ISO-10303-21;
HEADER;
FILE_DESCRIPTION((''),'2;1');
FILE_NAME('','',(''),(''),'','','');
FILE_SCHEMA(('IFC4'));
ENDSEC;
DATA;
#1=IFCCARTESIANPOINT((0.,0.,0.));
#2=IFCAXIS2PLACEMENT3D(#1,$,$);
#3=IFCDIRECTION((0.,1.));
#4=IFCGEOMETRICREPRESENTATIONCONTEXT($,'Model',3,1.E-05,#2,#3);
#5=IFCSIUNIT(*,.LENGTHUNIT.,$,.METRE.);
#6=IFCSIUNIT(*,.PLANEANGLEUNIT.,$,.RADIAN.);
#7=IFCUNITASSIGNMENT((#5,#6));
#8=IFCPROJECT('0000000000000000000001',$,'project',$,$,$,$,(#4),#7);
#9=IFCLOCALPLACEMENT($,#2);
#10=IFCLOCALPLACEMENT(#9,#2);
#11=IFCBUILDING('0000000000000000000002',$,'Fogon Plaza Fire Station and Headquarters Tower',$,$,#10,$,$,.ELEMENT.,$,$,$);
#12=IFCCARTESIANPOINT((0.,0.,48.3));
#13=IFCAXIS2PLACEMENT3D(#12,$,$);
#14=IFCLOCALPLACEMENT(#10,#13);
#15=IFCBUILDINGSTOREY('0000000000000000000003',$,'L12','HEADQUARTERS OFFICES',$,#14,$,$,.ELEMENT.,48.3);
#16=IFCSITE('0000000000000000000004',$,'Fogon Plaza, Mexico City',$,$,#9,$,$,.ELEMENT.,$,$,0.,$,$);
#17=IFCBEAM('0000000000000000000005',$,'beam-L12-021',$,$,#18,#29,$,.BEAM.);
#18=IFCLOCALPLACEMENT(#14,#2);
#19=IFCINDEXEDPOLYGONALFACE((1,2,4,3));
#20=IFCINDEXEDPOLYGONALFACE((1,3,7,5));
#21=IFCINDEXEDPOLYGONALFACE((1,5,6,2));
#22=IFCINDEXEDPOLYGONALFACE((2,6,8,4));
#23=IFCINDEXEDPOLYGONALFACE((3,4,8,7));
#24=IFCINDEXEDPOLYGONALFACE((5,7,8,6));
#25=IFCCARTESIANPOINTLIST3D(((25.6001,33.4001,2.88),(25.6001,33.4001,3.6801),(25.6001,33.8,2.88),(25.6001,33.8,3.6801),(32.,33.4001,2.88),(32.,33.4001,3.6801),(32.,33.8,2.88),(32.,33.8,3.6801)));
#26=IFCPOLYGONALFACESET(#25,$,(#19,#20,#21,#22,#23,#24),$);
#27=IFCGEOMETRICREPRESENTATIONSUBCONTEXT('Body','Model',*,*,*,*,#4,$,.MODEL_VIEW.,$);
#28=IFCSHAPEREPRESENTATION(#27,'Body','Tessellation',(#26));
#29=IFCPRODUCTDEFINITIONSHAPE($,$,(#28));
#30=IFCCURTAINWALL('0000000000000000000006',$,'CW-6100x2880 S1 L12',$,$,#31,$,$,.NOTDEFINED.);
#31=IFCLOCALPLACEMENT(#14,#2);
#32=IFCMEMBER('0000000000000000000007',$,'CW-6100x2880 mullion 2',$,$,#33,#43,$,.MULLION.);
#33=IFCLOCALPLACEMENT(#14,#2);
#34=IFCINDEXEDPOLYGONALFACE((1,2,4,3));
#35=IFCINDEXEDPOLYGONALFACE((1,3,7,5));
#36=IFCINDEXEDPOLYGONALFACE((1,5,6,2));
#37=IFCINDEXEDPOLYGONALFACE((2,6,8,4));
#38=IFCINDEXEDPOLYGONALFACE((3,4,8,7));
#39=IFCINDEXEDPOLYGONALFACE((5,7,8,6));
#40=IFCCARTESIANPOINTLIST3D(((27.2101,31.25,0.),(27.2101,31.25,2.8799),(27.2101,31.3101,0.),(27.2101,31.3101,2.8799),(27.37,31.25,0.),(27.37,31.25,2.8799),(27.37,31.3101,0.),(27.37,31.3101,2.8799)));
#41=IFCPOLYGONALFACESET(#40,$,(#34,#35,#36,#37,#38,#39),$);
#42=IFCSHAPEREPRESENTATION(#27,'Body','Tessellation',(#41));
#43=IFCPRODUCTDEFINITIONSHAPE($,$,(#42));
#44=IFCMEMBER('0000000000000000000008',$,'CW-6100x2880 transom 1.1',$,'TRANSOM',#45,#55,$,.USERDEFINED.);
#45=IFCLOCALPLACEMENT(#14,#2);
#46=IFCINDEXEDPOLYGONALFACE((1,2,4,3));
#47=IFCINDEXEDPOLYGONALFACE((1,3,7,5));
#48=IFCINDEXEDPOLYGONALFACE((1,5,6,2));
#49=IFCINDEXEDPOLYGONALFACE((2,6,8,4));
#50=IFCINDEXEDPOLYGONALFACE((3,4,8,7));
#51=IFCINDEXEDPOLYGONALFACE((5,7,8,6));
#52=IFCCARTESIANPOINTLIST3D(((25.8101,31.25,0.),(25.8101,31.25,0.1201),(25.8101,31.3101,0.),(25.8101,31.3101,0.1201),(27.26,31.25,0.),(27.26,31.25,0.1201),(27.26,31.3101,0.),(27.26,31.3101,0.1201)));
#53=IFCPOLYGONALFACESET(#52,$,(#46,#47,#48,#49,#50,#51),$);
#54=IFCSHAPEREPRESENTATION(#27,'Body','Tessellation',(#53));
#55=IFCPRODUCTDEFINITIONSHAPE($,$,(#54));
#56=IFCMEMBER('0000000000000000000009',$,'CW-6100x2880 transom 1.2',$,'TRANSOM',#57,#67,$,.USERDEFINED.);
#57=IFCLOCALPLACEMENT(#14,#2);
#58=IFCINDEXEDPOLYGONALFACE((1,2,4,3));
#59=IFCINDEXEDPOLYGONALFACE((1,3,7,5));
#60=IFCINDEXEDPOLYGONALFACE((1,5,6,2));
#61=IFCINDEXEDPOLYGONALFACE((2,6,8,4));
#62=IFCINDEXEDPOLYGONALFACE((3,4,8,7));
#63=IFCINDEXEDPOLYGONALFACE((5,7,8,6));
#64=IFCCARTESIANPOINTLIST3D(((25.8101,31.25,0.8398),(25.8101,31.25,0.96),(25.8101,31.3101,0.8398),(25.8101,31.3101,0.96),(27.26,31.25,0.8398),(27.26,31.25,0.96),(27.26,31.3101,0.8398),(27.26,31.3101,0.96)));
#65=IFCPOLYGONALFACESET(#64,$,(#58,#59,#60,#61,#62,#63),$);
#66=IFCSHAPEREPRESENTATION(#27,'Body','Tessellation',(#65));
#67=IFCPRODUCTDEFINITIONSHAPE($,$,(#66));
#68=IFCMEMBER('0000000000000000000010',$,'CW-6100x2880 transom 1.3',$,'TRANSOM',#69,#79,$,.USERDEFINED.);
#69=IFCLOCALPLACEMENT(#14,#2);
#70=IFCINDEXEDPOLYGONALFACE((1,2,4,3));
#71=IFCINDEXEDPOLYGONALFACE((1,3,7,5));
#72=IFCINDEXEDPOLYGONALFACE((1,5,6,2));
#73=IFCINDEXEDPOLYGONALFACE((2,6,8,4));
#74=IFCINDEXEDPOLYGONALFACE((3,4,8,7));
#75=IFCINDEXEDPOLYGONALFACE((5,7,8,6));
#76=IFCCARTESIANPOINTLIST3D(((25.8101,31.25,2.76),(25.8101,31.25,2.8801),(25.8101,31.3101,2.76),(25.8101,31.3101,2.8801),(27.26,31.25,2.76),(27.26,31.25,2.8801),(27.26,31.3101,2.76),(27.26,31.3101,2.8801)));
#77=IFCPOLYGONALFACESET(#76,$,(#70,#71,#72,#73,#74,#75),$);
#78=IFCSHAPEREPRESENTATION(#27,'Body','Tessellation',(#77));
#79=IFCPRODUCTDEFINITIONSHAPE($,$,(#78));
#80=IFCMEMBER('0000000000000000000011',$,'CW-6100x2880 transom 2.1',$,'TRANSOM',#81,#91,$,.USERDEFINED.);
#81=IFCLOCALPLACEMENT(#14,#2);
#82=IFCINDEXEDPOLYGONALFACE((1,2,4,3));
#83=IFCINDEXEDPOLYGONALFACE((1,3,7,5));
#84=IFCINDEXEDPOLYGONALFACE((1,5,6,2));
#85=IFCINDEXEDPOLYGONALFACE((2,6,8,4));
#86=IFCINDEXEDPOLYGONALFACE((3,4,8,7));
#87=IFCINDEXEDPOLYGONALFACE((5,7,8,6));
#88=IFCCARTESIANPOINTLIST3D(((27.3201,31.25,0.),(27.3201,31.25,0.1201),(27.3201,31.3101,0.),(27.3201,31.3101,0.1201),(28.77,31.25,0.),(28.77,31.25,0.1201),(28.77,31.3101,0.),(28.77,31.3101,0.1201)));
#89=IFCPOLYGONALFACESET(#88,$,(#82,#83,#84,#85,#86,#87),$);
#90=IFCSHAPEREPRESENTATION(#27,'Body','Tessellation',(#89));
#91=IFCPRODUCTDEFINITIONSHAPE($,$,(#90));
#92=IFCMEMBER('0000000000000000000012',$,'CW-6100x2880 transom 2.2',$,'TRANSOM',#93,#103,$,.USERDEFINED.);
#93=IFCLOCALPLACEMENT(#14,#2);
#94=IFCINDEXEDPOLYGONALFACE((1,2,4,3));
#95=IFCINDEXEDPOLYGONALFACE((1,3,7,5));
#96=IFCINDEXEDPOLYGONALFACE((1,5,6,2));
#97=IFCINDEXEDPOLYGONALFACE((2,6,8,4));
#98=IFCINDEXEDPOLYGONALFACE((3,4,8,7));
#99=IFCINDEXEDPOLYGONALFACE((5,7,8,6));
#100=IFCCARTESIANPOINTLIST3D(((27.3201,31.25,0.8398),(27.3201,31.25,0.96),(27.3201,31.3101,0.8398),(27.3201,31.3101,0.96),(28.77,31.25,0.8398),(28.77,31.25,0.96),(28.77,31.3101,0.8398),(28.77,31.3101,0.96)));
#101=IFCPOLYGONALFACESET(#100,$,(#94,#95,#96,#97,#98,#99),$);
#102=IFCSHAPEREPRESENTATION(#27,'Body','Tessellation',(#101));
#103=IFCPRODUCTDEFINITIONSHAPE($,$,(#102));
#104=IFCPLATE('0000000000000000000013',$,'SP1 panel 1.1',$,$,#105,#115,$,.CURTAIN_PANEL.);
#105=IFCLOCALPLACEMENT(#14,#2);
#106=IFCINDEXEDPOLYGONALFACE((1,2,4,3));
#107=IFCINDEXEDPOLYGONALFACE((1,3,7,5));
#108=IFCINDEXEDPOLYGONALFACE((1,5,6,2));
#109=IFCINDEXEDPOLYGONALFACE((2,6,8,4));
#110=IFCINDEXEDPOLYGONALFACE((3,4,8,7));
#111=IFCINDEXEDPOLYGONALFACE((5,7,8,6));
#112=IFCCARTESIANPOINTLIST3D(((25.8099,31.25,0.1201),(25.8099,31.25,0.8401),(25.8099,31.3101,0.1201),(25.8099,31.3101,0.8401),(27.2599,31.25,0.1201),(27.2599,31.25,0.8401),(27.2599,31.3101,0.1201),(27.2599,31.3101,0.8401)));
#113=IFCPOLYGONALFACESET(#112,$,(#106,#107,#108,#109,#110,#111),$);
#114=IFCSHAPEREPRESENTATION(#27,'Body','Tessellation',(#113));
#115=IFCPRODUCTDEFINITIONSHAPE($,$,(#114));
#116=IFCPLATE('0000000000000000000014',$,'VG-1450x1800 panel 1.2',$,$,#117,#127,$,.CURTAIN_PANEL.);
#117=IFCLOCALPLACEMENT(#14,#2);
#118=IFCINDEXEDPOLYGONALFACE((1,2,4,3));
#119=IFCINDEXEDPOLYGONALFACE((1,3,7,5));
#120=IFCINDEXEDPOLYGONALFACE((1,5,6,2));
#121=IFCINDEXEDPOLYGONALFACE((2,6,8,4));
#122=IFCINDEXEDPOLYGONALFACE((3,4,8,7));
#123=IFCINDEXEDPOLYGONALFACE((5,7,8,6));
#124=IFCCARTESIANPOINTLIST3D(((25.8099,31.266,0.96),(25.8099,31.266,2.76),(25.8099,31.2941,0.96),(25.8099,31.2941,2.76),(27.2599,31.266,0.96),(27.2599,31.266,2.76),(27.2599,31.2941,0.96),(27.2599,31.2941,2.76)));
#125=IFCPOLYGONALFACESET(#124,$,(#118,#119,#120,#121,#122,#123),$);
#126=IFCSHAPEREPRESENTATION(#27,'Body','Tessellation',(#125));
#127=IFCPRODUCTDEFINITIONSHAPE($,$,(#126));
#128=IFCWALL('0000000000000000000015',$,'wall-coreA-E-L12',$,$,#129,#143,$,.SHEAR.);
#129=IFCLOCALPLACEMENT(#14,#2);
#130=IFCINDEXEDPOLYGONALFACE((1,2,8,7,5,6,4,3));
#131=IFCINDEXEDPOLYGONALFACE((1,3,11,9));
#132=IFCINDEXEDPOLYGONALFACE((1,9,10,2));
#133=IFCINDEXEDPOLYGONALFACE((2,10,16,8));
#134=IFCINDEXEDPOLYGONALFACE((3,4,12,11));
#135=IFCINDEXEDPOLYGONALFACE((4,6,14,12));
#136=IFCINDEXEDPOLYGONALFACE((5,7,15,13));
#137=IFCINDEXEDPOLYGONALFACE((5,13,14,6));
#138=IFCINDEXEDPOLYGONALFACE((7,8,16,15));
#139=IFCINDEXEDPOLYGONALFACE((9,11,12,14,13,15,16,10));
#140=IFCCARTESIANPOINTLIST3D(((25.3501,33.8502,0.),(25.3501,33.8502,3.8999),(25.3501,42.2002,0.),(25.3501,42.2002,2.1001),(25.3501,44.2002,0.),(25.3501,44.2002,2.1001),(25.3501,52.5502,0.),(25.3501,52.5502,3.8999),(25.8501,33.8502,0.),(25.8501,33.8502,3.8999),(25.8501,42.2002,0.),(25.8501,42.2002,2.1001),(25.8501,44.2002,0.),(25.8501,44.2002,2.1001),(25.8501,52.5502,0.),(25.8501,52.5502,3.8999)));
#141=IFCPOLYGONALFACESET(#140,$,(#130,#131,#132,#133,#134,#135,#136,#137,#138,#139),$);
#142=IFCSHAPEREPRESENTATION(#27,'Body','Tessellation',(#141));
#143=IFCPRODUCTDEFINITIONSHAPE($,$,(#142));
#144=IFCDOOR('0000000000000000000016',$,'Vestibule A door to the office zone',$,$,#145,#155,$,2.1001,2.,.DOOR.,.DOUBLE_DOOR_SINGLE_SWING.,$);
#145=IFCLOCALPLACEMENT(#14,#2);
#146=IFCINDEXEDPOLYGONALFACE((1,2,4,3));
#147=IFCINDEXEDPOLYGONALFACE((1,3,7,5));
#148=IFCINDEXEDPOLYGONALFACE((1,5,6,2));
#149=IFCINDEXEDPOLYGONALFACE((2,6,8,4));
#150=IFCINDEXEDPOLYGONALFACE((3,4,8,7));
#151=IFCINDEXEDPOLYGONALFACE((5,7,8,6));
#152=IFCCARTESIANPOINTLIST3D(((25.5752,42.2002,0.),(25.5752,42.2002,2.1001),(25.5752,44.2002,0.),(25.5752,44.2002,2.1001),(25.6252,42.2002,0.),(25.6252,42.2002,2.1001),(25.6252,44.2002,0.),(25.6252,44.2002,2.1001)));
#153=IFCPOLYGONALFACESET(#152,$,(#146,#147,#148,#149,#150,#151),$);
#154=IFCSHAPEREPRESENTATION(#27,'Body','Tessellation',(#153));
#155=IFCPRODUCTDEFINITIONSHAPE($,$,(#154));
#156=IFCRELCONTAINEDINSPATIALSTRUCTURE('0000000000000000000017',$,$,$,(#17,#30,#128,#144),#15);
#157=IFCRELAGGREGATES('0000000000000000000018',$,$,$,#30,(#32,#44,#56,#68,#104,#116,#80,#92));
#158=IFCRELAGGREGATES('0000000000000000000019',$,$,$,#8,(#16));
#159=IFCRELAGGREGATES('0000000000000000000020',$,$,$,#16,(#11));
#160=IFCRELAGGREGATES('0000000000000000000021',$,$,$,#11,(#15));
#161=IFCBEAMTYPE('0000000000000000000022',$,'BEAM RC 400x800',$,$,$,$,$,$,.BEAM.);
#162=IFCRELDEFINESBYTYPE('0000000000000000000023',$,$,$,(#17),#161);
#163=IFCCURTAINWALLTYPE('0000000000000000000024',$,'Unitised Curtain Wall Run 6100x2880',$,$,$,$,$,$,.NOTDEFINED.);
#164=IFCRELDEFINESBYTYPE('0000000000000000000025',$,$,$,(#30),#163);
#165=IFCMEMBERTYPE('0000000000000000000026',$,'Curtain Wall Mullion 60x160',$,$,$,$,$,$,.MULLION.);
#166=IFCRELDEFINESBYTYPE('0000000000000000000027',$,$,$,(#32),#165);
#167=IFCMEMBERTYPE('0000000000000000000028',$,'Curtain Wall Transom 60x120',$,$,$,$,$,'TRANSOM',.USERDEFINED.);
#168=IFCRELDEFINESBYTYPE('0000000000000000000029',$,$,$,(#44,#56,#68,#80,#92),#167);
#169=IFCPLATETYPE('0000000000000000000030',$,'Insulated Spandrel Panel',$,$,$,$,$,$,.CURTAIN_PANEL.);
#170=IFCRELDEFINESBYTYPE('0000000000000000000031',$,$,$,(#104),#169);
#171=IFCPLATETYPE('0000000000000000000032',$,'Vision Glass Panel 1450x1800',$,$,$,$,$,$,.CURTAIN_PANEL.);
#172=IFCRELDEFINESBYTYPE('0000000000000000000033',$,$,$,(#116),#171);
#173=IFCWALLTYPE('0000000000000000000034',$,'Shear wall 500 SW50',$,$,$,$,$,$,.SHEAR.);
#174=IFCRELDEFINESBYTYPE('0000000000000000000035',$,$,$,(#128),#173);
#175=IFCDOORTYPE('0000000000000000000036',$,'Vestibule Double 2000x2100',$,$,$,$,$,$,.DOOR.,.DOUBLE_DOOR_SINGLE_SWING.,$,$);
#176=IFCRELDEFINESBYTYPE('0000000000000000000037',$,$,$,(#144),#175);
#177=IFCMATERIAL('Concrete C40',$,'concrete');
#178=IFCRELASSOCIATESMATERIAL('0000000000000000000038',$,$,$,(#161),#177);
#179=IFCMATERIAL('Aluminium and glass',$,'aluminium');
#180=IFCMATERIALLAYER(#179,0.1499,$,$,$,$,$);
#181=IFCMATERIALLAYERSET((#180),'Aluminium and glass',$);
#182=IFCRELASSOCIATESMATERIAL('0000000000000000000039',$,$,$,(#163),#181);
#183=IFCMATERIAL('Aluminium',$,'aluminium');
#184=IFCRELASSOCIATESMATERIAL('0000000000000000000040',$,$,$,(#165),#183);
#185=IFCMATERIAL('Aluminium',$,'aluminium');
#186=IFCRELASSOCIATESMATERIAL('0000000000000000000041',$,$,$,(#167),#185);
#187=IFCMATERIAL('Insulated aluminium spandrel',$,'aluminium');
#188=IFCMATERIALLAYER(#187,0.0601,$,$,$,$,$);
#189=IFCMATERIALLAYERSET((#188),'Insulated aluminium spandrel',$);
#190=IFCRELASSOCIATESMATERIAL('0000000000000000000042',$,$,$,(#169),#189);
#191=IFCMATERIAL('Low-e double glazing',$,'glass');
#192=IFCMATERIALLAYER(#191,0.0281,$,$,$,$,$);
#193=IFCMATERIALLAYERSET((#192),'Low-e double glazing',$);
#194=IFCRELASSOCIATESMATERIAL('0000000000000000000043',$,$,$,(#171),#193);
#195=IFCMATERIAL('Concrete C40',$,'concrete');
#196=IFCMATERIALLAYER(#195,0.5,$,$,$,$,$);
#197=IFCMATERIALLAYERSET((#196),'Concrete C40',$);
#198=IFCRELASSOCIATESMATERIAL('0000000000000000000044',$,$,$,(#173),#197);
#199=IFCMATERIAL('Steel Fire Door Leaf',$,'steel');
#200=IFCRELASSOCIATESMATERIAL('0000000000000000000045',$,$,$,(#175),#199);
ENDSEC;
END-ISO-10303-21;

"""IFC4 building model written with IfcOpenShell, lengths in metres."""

from ifc_helpers import new_model, si_unit, direction, frame, frame_2d, origin, origin_2d, place, context, subcontext, project, spatial, rectangle, extrude, material, layer, layer_set, material_profile, profile_set, type_object, element, fill, aggregate, save


model = new_model("IFC4")

# Units and contexts
model_context = context("Model", 3, precision=1e-05, world=origin(), true_north=direction((0.0, 1.0)))
body_context = subcontext(model_context, "Body", "Model", "MODEL_VIEW")
ifc_project = project(units=[si_unit("LENGTHUNIT", "METRE"), si_unit("PLANEANGLEUNIT", "RADIAN")], contexts=[model_context])

# Site, building, storey
site_placement = place(None, origin())
site = spatial("IfcSite", under=ifc_project, at=site_placement, Name="Fogon Plaza, Mexico City", CompositionType="ELEMENT", RefElevation=0.0)
building_placement = place(site_placement, origin())
building = spatial("IfcBuilding", under=site, at=building_placement, Name="Fogon Plaza Fire Station and Headquarters Tower", CompositionType="ELEMENT")
storey_placement = place(building_placement, frame((0.0, 0.0, 48.3)))
storey = spatial("IfcBuildingStorey", under=building, at=storey_placement, Name="L12", Description="HEADQUARTERS OFFICES", CompositionType="ELEMENT", Elevation=48.3)

# Beam
ifc_material_1 = material(Name="Concrete C40", Category="concrete")
ifc_material_profile_1 = material_profile(ifc_material_1, rectangle(XDim=0.3999, YDim=0.8, at=origin_2d()), Name="RC 400x800")
ifc_profile_set_1 = profile_set([ifc_material_profile_1], Name="Concrete C40")
beam_type = type_object("IfcBeamType", Name="BEAM RC 400x800", PredefinedType="BEAM", material=ifc_profile_set_1)
beam_placement = place(storey_placement, frame((25.6001, 33.6001, 3.28), z_axis=(1.0, 0.0, 0.0), x_axis=(0.0, 1.0, 0.0)))
element("IfcBeam", 1, at=beam_placement, inside=storey, type_object=beam_type, Name="beam-L12-021", PredefinedType="BEAM", context=body_context, shape_type="SweptSolid", body=[
    extrude(rectangle(XDim=0.3999, YDim=0.8, at=origin_2d()), origin(), (0.0, 0.0, 1.0), 6.3999),
])

# Curtain wall, members, plates
ifc_material_2 = material(Name="Aluminium and glass", Category="aluminium")
ifc_layer_1 = layer(ifc_material_2, 0.1499)
ifc_layer_set_1 = layer_set([ifc_layer_1], Name="Aluminium and glass")
curtain_wall_type = type_object("IfcCurtainWallType", Name="Unitised Curtain Wall Run 6100x2880", PredefinedType="NOTDEFINED", material=ifc_layer_set_1)
curtain_wall_placement = place(storey_placement, origin())
curtain_wall = element("IfcCurtainWall", 2, at=curtain_wall_placement, inside=storey, type_object=curtain_wall_type, Name="CW-6100x2880 S1 L12", PredefinedType="NOTDEFINED")
ifc_material_3 = material(Name="Aluminium", Category="aluminium")
ifc_material_profile_2 = material_profile(ifc_material_3, rectangle(XDim=0.0601, YDim=0.1599, at=origin_2d()), Name="Curtain Wall Mullion 60x160")
ifc_profile_set_2 = profile_set([ifc_material_profile_2], Name="Aluminium")
member_type_1 = type_object("IfcMemberType", Name="Curtain Wall Mullion 60x160", PredefinedType="MULLION", material=ifc_profile_set_2)
member_1_placement = place(storey_placement, frame((27.29, 31.28, 0.0), z_axis=(0.0, 0.0, 1.0), x_axis=(0.0, 1.0, 0.0)))
member_1 = element("IfcMember", 3, at=member_1_placement, type_object=member_type_1, Name="CW-6100x2880 mullion 2", PredefinedType="MULLION", context=body_context, shape_type="SweptSolid", body=[
    extrude(rectangle(XDim=0.0601, YDim=0.1599, at=origin_2d()), origin(), (0.0, 0.0, 1.0), 2.8799),
])
ifc_material_4 = material(Name="Aluminium", Category="aluminium")
ifc_material_profile_3 = material_profile(ifc_material_4, rectangle(XDim=0.0601, YDim=0.1201, at=origin_2d()), Name="Curtain Wall Transom 60x120")
ifc_profile_set_3 = profile_set([ifc_material_profile_3], Name="Aluminium")
member_type_2 = type_object("IfcMemberType", Name="Curtain Wall Transom 60x120", ElementType="TRANSOM", PredefinedType="USERDEFINED", material=ifc_profile_set_3)
member_2_placement = place(storey_placement, frame((25.8101, 31.28, 0.0601), z_axis=(1.0, 0.0, 0.0), x_axis=(0.0, 1.0, 0.0)))
member_2 = element("IfcMember", 4, at=member_2_placement, type_object=member_type_2, Name="CW-6100x2880 transom 1.1", ObjectType="TRANSOM", PredefinedType="USERDEFINED", context=body_context, shape_type="SweptSolid", body=[
    extrude(rectangle(XDim=0.0601, YDim=0.1201, at=origin_2d()), origin(), (0.0, 0.0, 1.0), 1.45),
])
member_3_placement = place(storey_placement, frame((25.8101, 31.28, 0.8999), z_axis=(1.0, 0.0, 0.0), x_axis=(0.0, 1.0, 0.0)))
member_3 = element("IfcMember", 5, at=member_3_placement, type_object=member_type_2, Name="CW-6100x2880 transom 1.2", ObjectType="TRANSOM", PredefinedType="USERDEFINED", context=body_context, shape_type="SweptSolid", body=[
    extrude(rectangle(XDim=0.0601, YDim=0.1201, at=origin_2d()), origin(), (0.0, 0.0, 1.0), 1.45),
])
member_4_placement = place(storey_placement, frame((25.8101, 31.28, 2.8201), z_axis=(1.0, 0.0, 0.0), x_axis=(0.0, 1.0, 0.0)))
member_4 = element("IfcMember", 6, at=member_4_placement, type_object=member_type_2, Name="CW-6100x2880 transom 1.3", ObjectType="TRANSOM", PredefinedType="USERDEFINED", context=body_context, shape_type="SweptSolid", body=[
    extrude(rectangle(XDim=0.0601, YDim=0.1201, at=origin_2d()), origin(), (0.0, 0.0, 1.0), 1.45),
])
member_5_placement = place(storey_placement, frame((27.3201, 31.28, 0.0601), z_axis=(1.0, 0.0, 0.0), x_axis=(0.0, 1.0, 0.0)))
member_5 = element("IfcMember", 7, at=member_5_placement, type_object=member_type_2, Name="CW-6100x2880 transom 2.1", ObjectType="TRANSOM", PredefinedType="USERDEFINED", context=body_context, shape_type="SweptSolid", body=[
    extrude(rectangle(XDim=0.0601, YDim=0.1201, at=origin_2d()), origin(), (0.0, 0.0, 1.0), 1.45),
])
member_6_placement = place(storey_placement, frame((27.3201, 31.28, 0.8999), z_axis=(1.0, 0.0, 0.0), x_axis=(0.0, 1.0, 0.0)))
member_6 = element("IfcMember", 8, at=member_6_placement, type_object=member_type_2, Name="CW-6100x2880 transom 2.2", ObjectType="TRANSOM", PredefinedType="USERDEFINED", context=body_context, shape_type="SweptSolid", body=[
    extrude(rectangle(XDim=0.0601, YDim=0.1201, at=origin_2d()), origin(), (0.0, 0.0, 1.0), 1.45),
])
ifc_material_5 = material(Name="Insulated aluminium spandrel", Category="aluminium")
ifc_layer_2 = layer(ifc_material_5, 0.0601)
ifc_layer_set_2 = layer_set([ifc_layer_2], Name="Insulated aluminium spandrel")
plate_type_1 = type_object("IfcPlateType", Name="Insulated Spandrel Panel", PredefinedType="CURTAIN_PANEL", material=ifc_layer_set_2)
plate_1_placement = place(storey_placement, frame((26.5349, 31.28, 0.1201), z_axis=(0.0, 0.0, 1.0), x_axis=(1.0, 0.0, 0.0)))
plate_1 = element("IfcPlate", 9, at=plate_1_placement, type_object=plate_type_1, Name="SP1 panel 1.1", PredefinedType="CURTAIN_PANEL", context=body_context, shape_type="SweptSolid", body=[
    extrude(rectangle(XDim=1.45, YDim=0.0601, at=origin_2d()), origin(), (0.0, 0.0, 1.0), 0.72),
])
ifc_material_6 = material(Name="Low-e double glazing", Category="glass")
ifc_layer_3 = layer(ifc_material_6, 0.0281)
ifc_layer_set_3 = layer_set([ifc_layer_3], Name="Low-e double glazing")
plate_type_2 = type_object("IfcPlateType", Name="Vision Glass Panel 1450x1800", PredefinedType="CURTAIN_PANEL", material=ifc_layer_set_3)
plate_2_placement = place(storey_placement, frame((26.5349, 31.28, 0.96), z_axis=(0.0, 0.0, 1.0), x_axis=(1.0, 0.0, 0.0)))
plate_2 = element("IfcPlate", 10, at=plate_2_placement, type_object=plate_type_2, Name="VG-1450x1800 panel 1.2", PredefinedType="CURTAIN_PANEL", context=body_context, shape_type="SweptSolid", body=[
    extrude(rectangle(XDim=1.45, YDim=0.0281, at=origin_2d()), origin(), (0.0, 0.0, 1.0), 1.8),
])
aggregate(curtain_wall, [member_1, member_2, member_3, member_4, plate_1, plate_2, member_5, member_6])

# Wall, opening, door
ifc_material_7 = material(Name="Concrete C40", Category="concrete")
ifc_layer_4 = layer(ifc_material_7, 0.5)
ifc_layer_set_4 = layer_set([ifc_layer_4], Name="Concrete C40")
wall_type = type_object("IfcWallType", Name="Shear wall 500 SW50", PredefinedType="SHEAR", material=ifc_layer_set_4)
wall_placement = place(storey_placement, frame((25.6001, 33.8501, 0.0), z_axis=(0.0, 0.0, 1.0), x_axis=(0.0, 1.0, 0.0)))
wall = element("IfcWall", 11, at=wall_placement, inside=storey, type_object=wall_type, Name="wall-coreA-E-L12", PredefinedType="SHEAR", context=body_context, shape_type="SweptSolid", body=[
    extrude(rectangle(XDim=18.7, YDim=0.5, at=frame_2d((9.3501, 0.0))), origin(), (0.0, 0.0, 1.0), 3.8999),
])
opening_placement = place(wall_placement, frame((8.3501, 0.0, 0.0)))
opening = element("IfcOpeningElement", 12, at=opening_placement, cuts=wall, PredefinedType="OPENING", context=body_context, shape_type="SweptSolid", body=[
    extrude(rectangle(XDim=2.0, YDim=2.1001, at=frame_2d((1.0, 1.05))), frame((0.0, 0.26, 0.0), z_axis=(0.0, -1.0, 0.0), x_axis=(1.0, 0.0, 0.0)), (0.0, 0.0, 1.0), 0.52),
])
ifc_material_8 = material(Name="Steel Fire Door Leaf", Category="steel")
door_type = type_object("IfcDoorType", Name="Vestibule Double 2000x2100", OperationType="DOUBLE_DOOR_SINGLE_SWING", PredefinedType="DOOR", material=ifc_material_8)
door_placement = place(opening_placement, origin())
door = element("IfcDoor", 13, at=door_placement, inside=storey, type_object=door_type, Name="Vestibule A door to the office zone", OperationType="DOUBLE_DOOR_SINGLE_SWING", OverallHeight=2.1001, OverallWidth=2.0, PredefinedType="DOOR", context=body_context, shape_type="SweptSolid", body=[
    extrude(rectangle(XDim=2.0, YDim=2.1001, at=frame_2d((1.0, 1.05))), frame((0.0, 0.0249, 0.0), z_axis=(0.0, -1.0, 0.0), x_axis=(1.0, 0.0, 0.0)), (0.0, 0.0, 1.0), 0.05),
])
fill(opening, door)

save(model, "model.ifc")
